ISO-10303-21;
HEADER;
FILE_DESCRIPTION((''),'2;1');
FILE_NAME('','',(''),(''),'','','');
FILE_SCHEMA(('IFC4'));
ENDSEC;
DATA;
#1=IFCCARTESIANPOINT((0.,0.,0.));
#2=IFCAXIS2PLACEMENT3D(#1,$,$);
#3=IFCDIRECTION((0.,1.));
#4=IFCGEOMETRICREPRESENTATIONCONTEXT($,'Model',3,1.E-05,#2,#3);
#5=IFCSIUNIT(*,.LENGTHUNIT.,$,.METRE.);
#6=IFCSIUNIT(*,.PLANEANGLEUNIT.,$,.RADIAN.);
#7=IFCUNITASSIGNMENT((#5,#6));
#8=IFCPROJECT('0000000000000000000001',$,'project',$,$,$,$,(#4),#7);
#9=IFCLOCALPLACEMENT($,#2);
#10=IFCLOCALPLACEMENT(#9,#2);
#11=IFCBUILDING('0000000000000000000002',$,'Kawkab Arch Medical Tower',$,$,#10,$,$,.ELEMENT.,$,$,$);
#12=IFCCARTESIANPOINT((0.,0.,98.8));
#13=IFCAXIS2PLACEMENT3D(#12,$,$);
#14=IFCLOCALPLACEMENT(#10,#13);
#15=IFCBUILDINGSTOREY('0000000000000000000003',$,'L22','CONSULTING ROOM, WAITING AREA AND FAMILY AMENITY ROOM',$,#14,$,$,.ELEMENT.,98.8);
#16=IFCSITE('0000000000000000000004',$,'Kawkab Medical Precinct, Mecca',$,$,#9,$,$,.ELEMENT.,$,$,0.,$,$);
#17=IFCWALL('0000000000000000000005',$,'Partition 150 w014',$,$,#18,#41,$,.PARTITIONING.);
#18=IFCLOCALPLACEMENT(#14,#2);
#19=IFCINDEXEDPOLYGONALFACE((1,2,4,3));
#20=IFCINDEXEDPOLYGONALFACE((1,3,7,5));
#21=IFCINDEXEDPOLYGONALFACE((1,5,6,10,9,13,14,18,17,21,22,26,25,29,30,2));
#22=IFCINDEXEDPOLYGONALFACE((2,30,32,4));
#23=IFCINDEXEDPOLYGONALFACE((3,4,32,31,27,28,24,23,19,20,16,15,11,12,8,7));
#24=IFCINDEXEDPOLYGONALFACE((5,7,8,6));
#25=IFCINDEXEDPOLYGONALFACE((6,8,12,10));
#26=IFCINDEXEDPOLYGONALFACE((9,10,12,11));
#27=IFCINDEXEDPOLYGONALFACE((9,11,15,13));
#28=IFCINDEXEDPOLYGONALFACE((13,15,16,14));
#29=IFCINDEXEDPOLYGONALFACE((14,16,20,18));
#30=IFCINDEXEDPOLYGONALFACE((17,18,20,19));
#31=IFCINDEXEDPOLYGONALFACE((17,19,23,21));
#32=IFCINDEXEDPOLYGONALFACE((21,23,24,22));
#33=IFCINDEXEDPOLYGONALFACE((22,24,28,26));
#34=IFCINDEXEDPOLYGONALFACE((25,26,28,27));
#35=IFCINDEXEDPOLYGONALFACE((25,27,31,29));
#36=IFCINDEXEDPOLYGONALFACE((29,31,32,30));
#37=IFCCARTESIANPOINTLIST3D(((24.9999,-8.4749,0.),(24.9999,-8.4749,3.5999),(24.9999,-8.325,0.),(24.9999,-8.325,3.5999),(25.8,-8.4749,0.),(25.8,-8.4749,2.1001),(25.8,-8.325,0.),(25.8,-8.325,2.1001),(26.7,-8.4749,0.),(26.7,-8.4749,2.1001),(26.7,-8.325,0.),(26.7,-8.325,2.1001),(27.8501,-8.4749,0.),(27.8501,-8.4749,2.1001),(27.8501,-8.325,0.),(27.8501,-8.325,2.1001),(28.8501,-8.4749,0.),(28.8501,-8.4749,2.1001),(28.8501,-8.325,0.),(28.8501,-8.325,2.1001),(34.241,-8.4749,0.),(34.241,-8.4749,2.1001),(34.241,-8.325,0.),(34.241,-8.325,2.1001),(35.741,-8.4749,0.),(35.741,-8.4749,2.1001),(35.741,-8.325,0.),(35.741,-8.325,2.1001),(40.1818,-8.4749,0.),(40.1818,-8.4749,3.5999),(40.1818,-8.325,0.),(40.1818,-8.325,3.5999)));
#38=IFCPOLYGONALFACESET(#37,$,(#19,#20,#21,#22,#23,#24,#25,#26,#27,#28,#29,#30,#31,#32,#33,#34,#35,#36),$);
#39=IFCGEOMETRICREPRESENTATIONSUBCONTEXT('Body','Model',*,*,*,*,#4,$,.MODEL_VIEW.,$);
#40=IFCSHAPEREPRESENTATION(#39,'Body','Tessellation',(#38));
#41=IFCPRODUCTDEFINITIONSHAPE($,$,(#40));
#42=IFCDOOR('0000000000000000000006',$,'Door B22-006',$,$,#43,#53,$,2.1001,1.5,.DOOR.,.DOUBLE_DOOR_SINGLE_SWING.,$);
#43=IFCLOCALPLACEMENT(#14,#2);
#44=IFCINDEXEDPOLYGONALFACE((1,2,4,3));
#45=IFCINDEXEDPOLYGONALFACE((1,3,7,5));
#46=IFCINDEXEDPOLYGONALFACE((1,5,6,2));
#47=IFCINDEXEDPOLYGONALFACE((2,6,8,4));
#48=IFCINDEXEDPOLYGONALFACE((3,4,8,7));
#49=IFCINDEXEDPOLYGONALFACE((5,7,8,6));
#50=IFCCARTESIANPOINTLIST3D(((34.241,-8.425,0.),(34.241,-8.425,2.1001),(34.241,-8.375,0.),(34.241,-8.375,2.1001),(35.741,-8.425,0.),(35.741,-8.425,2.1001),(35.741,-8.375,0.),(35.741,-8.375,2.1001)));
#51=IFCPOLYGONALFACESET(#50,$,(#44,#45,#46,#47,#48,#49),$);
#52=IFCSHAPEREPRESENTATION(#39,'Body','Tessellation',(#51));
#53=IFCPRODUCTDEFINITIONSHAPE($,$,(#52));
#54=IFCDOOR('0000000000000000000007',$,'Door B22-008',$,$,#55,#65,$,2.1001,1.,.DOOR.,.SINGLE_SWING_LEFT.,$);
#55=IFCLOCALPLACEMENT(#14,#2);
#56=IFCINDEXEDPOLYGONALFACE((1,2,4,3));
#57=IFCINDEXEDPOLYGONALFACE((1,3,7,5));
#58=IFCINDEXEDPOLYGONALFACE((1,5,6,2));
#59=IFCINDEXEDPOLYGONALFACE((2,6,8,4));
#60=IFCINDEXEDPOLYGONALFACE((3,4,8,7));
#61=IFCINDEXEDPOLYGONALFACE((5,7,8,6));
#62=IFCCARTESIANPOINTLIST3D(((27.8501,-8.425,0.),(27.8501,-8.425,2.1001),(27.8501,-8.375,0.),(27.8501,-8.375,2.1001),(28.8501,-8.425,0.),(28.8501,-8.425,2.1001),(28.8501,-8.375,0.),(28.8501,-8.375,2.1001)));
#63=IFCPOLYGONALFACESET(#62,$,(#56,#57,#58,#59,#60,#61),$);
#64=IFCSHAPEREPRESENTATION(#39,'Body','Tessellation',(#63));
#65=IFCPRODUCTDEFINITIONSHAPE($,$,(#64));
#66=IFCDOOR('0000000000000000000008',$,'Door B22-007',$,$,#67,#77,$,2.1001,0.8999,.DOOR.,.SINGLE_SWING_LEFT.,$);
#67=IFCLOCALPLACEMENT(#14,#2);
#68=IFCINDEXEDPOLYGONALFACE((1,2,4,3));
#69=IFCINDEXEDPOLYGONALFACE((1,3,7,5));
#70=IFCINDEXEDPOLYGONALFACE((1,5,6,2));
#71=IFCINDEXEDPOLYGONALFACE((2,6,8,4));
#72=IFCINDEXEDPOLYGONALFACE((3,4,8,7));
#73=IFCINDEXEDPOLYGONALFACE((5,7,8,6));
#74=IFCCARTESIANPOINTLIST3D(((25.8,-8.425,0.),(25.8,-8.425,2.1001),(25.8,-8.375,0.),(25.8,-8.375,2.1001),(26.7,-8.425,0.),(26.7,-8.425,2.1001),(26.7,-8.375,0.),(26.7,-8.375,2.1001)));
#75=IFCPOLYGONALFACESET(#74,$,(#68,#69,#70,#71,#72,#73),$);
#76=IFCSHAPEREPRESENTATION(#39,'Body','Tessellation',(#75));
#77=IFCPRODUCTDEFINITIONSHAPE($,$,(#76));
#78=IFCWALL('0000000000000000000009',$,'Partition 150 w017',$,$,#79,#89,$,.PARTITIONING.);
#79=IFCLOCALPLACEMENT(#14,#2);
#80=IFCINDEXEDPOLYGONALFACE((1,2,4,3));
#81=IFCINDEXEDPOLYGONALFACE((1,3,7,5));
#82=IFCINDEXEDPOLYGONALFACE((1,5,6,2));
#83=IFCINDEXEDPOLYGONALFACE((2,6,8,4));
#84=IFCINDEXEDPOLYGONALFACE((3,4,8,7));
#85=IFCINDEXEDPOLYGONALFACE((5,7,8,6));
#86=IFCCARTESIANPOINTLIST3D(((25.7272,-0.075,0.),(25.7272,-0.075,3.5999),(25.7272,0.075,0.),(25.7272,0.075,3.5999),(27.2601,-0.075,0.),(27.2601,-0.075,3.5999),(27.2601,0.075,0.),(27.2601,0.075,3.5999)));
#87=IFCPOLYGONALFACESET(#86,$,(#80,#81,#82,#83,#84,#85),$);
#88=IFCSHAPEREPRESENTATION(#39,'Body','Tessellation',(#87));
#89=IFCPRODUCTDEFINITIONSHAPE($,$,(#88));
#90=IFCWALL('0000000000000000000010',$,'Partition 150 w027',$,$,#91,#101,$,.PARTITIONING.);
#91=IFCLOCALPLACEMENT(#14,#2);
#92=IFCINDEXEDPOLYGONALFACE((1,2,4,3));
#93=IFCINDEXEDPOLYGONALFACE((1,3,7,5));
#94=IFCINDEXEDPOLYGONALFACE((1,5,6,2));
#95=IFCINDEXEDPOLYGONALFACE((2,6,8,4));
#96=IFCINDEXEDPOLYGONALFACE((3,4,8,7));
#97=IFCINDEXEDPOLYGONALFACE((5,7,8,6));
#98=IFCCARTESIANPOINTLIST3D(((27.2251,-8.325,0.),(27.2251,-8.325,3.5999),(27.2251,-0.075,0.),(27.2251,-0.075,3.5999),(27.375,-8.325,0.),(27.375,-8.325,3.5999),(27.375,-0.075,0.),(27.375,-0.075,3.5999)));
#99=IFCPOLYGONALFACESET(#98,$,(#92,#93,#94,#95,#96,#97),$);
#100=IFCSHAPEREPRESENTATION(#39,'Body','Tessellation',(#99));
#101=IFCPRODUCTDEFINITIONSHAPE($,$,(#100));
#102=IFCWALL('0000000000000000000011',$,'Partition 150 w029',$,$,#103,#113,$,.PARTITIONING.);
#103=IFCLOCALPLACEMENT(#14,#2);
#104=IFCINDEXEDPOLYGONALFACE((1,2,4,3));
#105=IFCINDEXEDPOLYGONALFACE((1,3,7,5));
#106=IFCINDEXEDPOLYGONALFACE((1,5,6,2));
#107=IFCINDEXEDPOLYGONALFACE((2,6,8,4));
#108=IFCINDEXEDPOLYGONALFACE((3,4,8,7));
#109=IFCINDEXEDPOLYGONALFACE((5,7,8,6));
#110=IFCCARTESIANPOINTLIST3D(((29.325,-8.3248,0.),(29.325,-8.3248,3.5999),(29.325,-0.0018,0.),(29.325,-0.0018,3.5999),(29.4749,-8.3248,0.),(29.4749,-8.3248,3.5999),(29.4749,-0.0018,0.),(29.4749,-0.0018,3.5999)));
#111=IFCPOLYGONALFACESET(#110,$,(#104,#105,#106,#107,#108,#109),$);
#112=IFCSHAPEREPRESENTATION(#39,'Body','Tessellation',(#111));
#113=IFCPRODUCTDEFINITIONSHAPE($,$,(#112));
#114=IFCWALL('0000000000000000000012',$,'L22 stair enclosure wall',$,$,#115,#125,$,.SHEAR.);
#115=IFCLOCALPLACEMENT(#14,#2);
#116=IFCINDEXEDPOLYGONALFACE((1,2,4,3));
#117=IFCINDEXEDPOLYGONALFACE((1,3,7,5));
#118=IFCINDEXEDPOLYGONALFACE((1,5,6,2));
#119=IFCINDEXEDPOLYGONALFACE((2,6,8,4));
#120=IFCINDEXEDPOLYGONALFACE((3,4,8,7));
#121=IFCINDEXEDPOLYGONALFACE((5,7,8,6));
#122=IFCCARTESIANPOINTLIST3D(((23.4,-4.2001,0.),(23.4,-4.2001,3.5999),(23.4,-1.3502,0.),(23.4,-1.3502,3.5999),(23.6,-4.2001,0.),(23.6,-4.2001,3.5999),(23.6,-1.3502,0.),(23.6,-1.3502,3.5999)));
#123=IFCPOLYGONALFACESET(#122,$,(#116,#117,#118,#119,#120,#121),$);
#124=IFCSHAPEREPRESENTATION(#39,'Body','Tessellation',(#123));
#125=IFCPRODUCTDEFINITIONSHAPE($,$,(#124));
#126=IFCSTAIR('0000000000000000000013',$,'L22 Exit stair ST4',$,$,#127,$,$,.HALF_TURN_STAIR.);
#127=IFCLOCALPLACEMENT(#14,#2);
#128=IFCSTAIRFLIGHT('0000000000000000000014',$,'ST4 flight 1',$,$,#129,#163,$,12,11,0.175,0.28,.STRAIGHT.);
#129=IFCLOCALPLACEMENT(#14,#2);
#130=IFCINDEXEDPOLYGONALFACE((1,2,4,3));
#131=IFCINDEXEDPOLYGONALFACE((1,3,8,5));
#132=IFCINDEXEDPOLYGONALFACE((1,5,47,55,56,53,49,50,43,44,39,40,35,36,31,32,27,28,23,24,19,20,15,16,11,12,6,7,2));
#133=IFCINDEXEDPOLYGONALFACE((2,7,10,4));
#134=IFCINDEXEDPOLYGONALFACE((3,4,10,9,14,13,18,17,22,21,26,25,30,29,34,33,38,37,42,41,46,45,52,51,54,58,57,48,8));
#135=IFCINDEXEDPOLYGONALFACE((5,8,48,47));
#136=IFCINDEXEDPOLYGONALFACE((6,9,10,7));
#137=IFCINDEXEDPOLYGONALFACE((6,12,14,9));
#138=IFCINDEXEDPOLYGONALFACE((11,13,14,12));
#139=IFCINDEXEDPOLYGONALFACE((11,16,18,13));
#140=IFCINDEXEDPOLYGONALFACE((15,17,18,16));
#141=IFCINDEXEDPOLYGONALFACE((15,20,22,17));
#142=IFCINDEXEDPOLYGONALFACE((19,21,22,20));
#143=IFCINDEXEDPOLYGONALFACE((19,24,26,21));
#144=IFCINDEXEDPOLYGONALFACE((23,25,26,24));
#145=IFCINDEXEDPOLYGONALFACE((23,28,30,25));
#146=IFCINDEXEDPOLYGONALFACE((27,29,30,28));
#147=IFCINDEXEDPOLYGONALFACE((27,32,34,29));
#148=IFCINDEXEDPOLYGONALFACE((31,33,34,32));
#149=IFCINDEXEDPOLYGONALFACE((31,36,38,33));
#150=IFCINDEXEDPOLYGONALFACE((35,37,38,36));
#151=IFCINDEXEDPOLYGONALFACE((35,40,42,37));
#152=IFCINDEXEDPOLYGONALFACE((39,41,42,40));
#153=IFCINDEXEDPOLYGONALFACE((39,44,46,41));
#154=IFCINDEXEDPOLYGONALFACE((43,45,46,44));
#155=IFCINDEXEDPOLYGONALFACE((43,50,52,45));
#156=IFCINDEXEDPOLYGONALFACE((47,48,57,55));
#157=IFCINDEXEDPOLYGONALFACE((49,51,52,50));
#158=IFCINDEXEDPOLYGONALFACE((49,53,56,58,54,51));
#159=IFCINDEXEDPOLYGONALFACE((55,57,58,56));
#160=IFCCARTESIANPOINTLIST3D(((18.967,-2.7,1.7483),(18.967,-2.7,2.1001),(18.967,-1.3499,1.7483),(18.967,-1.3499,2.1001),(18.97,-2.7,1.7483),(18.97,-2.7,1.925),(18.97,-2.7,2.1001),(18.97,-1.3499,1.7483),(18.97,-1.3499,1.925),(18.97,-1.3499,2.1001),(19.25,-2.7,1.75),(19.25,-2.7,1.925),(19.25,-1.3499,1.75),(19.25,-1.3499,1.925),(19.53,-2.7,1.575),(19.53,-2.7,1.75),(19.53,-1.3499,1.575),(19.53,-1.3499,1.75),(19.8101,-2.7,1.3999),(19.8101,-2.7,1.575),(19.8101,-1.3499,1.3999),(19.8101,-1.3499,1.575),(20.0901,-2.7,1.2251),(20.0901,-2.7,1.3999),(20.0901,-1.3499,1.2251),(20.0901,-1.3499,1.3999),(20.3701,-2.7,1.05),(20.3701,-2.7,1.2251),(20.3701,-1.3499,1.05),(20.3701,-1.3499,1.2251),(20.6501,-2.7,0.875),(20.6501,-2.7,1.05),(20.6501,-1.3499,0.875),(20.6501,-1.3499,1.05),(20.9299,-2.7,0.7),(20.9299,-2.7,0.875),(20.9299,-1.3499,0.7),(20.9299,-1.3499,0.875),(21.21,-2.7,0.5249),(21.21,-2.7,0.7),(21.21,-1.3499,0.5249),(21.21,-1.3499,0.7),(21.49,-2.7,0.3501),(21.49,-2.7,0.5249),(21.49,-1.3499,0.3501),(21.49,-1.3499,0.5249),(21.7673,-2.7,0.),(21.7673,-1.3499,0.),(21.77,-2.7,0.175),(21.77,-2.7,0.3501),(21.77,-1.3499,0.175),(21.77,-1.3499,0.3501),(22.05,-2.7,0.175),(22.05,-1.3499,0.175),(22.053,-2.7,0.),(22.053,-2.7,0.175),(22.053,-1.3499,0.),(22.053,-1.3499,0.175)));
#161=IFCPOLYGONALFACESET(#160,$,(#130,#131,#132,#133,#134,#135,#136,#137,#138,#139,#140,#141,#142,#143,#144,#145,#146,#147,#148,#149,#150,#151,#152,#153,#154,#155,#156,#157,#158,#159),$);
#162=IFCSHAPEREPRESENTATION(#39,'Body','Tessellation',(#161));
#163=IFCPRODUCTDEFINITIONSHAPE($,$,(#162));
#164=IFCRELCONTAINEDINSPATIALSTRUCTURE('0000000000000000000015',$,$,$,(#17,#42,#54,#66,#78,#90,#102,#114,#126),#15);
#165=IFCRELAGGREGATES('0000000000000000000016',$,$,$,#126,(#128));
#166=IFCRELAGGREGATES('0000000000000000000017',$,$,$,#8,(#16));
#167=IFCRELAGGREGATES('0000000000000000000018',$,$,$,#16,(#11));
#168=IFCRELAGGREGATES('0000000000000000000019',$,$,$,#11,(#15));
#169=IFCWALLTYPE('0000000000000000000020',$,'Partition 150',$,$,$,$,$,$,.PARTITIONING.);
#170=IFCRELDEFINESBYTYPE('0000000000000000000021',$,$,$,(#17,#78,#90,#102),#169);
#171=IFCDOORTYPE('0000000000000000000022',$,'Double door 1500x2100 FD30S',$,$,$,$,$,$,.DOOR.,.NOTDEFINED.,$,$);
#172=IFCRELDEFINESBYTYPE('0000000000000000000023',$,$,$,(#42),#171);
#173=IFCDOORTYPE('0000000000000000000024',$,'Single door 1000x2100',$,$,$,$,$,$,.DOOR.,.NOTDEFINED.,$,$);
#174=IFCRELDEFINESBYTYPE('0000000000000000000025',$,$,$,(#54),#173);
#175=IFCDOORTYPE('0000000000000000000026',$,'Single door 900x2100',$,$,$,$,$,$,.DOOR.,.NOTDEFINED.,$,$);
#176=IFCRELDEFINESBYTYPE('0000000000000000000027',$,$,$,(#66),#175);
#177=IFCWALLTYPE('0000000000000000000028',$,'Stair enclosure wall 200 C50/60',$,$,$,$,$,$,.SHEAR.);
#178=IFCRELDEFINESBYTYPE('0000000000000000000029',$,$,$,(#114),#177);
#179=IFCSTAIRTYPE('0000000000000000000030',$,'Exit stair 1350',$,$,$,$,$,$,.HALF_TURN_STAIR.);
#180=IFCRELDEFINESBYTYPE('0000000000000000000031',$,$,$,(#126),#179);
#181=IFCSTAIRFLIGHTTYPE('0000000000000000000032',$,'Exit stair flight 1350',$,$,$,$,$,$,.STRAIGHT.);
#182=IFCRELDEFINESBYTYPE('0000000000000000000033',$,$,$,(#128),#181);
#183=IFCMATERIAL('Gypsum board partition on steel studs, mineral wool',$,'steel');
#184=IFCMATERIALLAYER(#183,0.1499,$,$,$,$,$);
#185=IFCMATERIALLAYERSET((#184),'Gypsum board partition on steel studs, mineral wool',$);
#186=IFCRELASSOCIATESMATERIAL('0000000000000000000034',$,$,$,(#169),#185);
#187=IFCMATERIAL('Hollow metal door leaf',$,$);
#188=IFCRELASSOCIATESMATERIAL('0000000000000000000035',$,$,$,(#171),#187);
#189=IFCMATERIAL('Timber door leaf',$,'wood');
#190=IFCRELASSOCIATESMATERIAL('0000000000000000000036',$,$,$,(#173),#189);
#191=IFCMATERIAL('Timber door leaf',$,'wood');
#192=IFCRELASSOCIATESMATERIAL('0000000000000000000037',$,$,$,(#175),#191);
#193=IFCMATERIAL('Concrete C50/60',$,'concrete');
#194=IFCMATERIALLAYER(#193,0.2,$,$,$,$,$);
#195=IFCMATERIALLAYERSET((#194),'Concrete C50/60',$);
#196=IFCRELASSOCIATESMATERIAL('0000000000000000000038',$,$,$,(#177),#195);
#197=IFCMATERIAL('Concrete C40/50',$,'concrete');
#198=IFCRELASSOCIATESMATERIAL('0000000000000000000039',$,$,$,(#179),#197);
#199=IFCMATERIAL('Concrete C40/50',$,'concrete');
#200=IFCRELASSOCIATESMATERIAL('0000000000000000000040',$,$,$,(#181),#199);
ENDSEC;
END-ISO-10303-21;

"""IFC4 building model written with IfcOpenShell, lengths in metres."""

from ifc_helpers import new_model, si_unit, direction, frame, frame_2d, origin, place, context, subcontext, project, spatial, polyline, rectangle, outline, extrude, material, layer, layer_set, type_object, element, fill, aggregate, save


model = new_model("IFC4")

# Units and contexts
model_context = context("Model", 3, precision=1e-05, world=origin(), true_north=direction((0.0, 1.0)))
body_context = subcontext(model_context, "Body", "Model", "MODEL_VIEW")
ifc_project = project(units=[si_unit("LENGTHUNIT", "METRE"), si_unit("PLANEANGLEUNIT", "RADIAN")], contexts=[model_context])

# Site, building, storey
site_placement = place(None, origin())
site = spatial("IfcSite", under=ifc_project, at=site_placement, Name="Kawkab Medical Precinct, Mecca", CompositionType="ELEMENT", RefElevation=0.0)
building_placement = place(site_placement, origin())
building = spatial("IfcBuilding", under=site, at=building_placement, Name="Kawkab Arch Medical Tower", CompositionType="ELEMENT")
storey_placement = place(building_placement, frame((0.0, 0.0, 98.8)))
storey = spatial("IfcBuildingStorey", under=building, at=storey_placement, Name="L22", Description="CONSULTING ROOM, WAITING AREA AND FAMILY AMENITY ROOM", CompositionType="ELEMENT", Elevation=98.8)

# Wall, openings, doors
ifc_material_1 = material(Name="Gypsum board partition on steel studs, mineral wool", Category="steel")
ifc_layer_1 = layer(ifc_material_1, 0.1499)
ifc_layer_set_1 = layer_set([ifc_layer_1], Name="Gypsum board partition on steel studs, mineral wool")
wall_type_1 = type_object("IfcWallType", Name="Partition 150", PredefinedType="PARTITIONING", material=ifc_layer_set_1)
ifc_material_2 = material(Name="Hollow metal door leaf")
door_type_1 = type_object("IfcDoorType", Name="Double door 1500x2100 FD30S", OperationType="NOTDEFINED", PredefinedType="DOOR", material=ifc_material_2)
wall_1_placement = place(storey_placement, frame((25.0, -8.3999, 0.0), z_axis=(0.0, 0.0, 1.0), x_axis=(1.0, 0.0, 0.0)))
wall_1 = element("IfcWall", 1, at=wall_1_placement, inside=storey, type_object=wall_type_1, Name="Partition 150 w014", PredefinedType="PARTITIONING", context=body_context, shape_type="SweptSolid", body=[
    extrude(rectangle(XDim=15.1819, YDim=0.1499, at=frame_2d((7.5908, 0.0))), origin(), (0.0, 0.0, 1.0), 3.5999),
])
opening_1_placement = place(wall_1_placement, frame((0.8, 0.0, 0.0)))
opening_1 = element("IfcOpeningElement", 2, at=opening_1_placement, cuts=wall_1, PredefinedType="OPENING", context=body_context, shape_type="SweptSolid", body=[
    extrude(rectangle(XDim=0.8999, YDim=2.1001, at=frame_2d((0.45, 1.05))), frame((0.0, 0.085, 0.0), z_axis=(0.0, -1.0, 0.0), x_axis=(1.0, 0.0, 0.0)), (0.0, 0.0, 1.0), 0.1699),
])
opening_2_placement = place(wall_1_placement, frame((2.8501, 0.0, 0.0)))
opening_2 = element("IfcOpeningElement", 3, at=opening_2_placement, cuts=wall_1, PredefinedType="OPENING", context=body_context, shape_type="SweptSolid", body=[
    extrude(rectangle(XDim=1.0, YDim=2.1001, at=frame_2d((0.5, 1.05))), frame((0.0, 0.085, 0.0), z_axis=(0.0, -1.0, 0.0), x_axis=(1.0, 0.0, 0.0)), (0.0, 0.0, 1.0), 0.1699),
])
opening_3_placement = place(wall_1_placement, frame((9.241, 0.0, 0.0)))
opening_3 = element("IfcOpeningElement", 4, at=opening_3_placement, cuts=wall_1, PredefinedType="OPENING", context=body_context, shape_type="SweptSolid", body=[
    extrude(rectangle(XDim=1.5, YDim=2.1001, at=frame_2d((0.75, 1.05))), frame((0.0, 0.085, 0.0), z_axis=(0.0, -1.0, 0.0), x_axis=(1.0, 0.0, 0.0)), (0.0, 0.0, 1.0), 0.1699),
])
door_1_placement = place(opening_3_placement, origin())
door_1 = element("IfcDoor", 5, at=door_1_placement, inside=storey, type_object=door_type_1, Name="Door B22-006", OperationType="DOUBLE_DOOR_SINGLE_SWING", OverallHeight=2.1001, OverallWidth=1.5, PredefinedType="DOOR", context=body_context, shape_type="SweptSolid", body=[
    extrude(rectangle(XDim=1.5, YDim=2.1001, at=frame_2d((0.75, 1.05))), frame((0.0, 0.0249, 0.0), z_axis=(0.0, -1.0, 0.0), x_axis=(1.0, 0.0, 0.0)), (0.0, 0.0, 1.0), 0.05),
])
fill(opening_3, door_1)
ifc_material_3 = material(Name="Timber door leaf", Category="wood")
door_type_2 = type_object("IfcDoorType", Name="Single door 1000x2100", OperationType="NOTDEFINED", PredefinedType="DOOR", material=ifc_material_3)
door_2_placement = place(opening_2_placement, origin())
door_2 = element("IfcDoor", 6, at=door_2_placement, inside=storey, type_object=door_type_2, Name="Door B22-008", OperationType="SINGLE_SWING_LEFT", OverallHeight=2.1001, OverallWidth=1.0, PredefinedType="DOOR", context=body_context, shape_type="SweptSolid", body=[
    extrude(rectangle(XDim=1.0, YDim=2.1001, at=frame_2d((0.5, 1.05))), frame((0.0, 0.0249, 0.0), z_axis=(0.0, -1.0, 0.0), x_axis=(1.0, 0.0, 0.0)), (0.0, 0.0, 1.0), 0.05),
])
fill(opening_2, door_2)
ifc_material_4 = material(Name="Timber door leaf", Category="wood")
door_type_3 = type_object("IfcDoorType", Name="Single door 900x2100", OperationType="NOTDEFINED", PredefinedType="DOOR", material=ifc_material_4)
door_3_placement = place(opening_1_placement, origin())
door_3 = element("IfcDoor", 7, at=door_3_placement, inside=storey, type_object=door_type_3, Name="Door B22-007", OperationType="SINGLE_SWING_LEFT", OverallHeight=2.1001, OverallWidth=0.8999, PredefinedType="DOOR", context=body_context, shape_type="SweptSolid", body=[
    extrude(rectangle(XDim=0.8999, YDim=2.1001, at=frame_2d((0.45, 1.05))), frame((0.0, 0.0249, 0.0), z_axis=(0.0, -1.0, 0.0), x_axis=(1.0, 0.0, 0.0)), (0.0, 0.0, 1.0), 0.05),
])
fill(opening_1, door_3)

# Walls
wall_2_placement = place(storey_placement, frame((25.7271, 0.0, 0.0), z_axis=(0.0, 0.0, 1.0), x_axis=(1.0, 0.0, 0.0)))
element("IfcWall", 8, at=wall_2_placement, inside=storey, type_object=wall_type_1, Name="Partition 150 w017", PredefinedType="PARTITIONING", context=body_context, shape_type="SweptSolid", body=[
    extrude(rectangle(XDim=1.533, YDim=0.1499, at=frame_2d((0.7666, 0.0))), origin(), (0.0, 0.0, 1.0), 3.5999),
])
wall_3_placement = place(storey_placement, frame((27.3, -8.325, 0.0), z_axis=(0.0, 0.0, 1.0), x_axis=(0.0, 1.0, 0.0)))
element("IfcWall", 9, at=wall_3_placement, inside=storey, type_object=wall_type_1, Name="Partition 150 w027", PredefinedType="PARTITIONING", context=body_context, shape_type="SweptSolid", body=[
    extrude(rectangle(XDim=8.25, YDim=0.1499, at=frame_2d((4.125, 0.0))), origin(), (0.0, 0.0, 1.0), 3.5999),
])
wall_4_placement = place(storey_placement, frame((29.3999, -8.325, 0.0), z_axis=(0.0, 0.0, 1.0), x_axis=(0.0, 1.0, 0.0)))
element("IfcWall", 10, at=wall_4_placement, inside=storey, type_object=wall_type_1, Name="Partition 150 w029", PredefinedType="PARTITIONING", context=body_context, shape_type="SweptSolid", body=[
    extrude(rectangle(XDim=8.323, YDim=0.1499, at=frame_2d((4.1616, 0.0))), origin(), (0.0, 0.0, 1.0), 3.5999),
])
ifc_material_5 = material(Name="Concrete C50/60", Category="concrete")
ifc_layer_2 = layer(ifc_material_5, 0.2)
ifc_layer_set_2 = layer_set([ifc_layer_2], Name="Concrete C50/60")
wall_type_2 = type_object("IfcWallType", Name="Stair enclosure wall 200 C50/60", PredefinedType="SHEAR", material=ifc_layer_set_2)
wall_5_placement = place(storey_placement, frame((23.5, -4.2, 0.0), z_axis=(0.0, 0.0, 1.0), x_axis=(0.0, 1.0, 0.0)))
element("IfcWall", 11, at=wall_5_placement, inside=storey, type_object=wall_type_2, Name="L22 stair enclosure wall", PredefinedType="SHEAR", context=body_context, shape_type="SweptSolid", body=[
    extrude(rectangle(XDim=2.8499, YDim=0.2, at=frame_2d((1.4248, 0.0))), origin(), (0.0, 0.0, 1.0), 3.5999),
])

# Stair, stair flight
ifc_material_6 = material(Name="Concrete C40/50", Category="concrete")
stair_type = type_object("IfcStairType", Name="Exit stair 1350", PredefinedType="HALF_TURN_STAIR", material=ifc_material_6)
stair_placement = place(storey_placement, origin())
stair = element("IfcStair", 12, at=stair_placement, inside=storey, type_object=stair_type, Name="L22 Exit stair ST4", PredefinedType="HALF_TURN_STAIR")
ifc_material_7 = material(Name="Concrete C40/50", Category="concrete")
stair_flight_type = type_object("IfcStairFlightType", Name="Exit stair flight 1350", PredefinedType="STRAIGHT", material=ifc_material_7)
stair_flight_placement = place(storey_placement, frame((22.05, -2.0249, 0.0), z_axis=(0.0, 0.0, 1.0), x_axis=(-1.0, 0.0, 0.0)))
stair_flight = element("IfcStairFlight", 13, at=stair_flight_placement, type_object=stair_flight_type, Name="ST4 flight 1", NumberOfRisers=12, NumberOfTreads=11, PredefinedType="STRAIGHT", RiserHeight=0.175, TreadLength=0.28, context=body_context, shape_type="SweptSolid", body=[
    extrude(outline(polyline([(-0.0029, 0.0), (-0.0029, 0.175), (0.0, 0.175), (0.28, 0.175), (0.28, 0.3501), (0.5601, 0.3501), (0.5601, 0.5249), (0.8401, 0.5249), (0.8401, 0.7), (1.1201, 0.7), (1.1201, 0.875), (1.3999, 0.875), (1.3999, 1.05), (1.6799, 1.05), (1.6799, 1.2251), (1.96, 1.2251), (1.96, 1.3999), (2.24, 1.3999), (2.24, 1.575), (2.52, 1.575), (2.52, 1.75), (2.8, 1.75), (2.8, 1.925), (3.0801, 1.925), (3.0801, 2.1001), (3.083, 2.1001), (3.083, 1.7483), (3.0801, 1.7483), (0.2827, 0.0), (-0.0029, 0.0)])), frame((0.0, 0.675, 0.0), z_axis=(0.0, -1.0, 0.0), x_axis=(1.0, 0.0, 0.0)), (0.0, 0.0, 1.0), 1.3501),
])
aggregate(stair, [stair_flight])

save(model, "model.ifc")
